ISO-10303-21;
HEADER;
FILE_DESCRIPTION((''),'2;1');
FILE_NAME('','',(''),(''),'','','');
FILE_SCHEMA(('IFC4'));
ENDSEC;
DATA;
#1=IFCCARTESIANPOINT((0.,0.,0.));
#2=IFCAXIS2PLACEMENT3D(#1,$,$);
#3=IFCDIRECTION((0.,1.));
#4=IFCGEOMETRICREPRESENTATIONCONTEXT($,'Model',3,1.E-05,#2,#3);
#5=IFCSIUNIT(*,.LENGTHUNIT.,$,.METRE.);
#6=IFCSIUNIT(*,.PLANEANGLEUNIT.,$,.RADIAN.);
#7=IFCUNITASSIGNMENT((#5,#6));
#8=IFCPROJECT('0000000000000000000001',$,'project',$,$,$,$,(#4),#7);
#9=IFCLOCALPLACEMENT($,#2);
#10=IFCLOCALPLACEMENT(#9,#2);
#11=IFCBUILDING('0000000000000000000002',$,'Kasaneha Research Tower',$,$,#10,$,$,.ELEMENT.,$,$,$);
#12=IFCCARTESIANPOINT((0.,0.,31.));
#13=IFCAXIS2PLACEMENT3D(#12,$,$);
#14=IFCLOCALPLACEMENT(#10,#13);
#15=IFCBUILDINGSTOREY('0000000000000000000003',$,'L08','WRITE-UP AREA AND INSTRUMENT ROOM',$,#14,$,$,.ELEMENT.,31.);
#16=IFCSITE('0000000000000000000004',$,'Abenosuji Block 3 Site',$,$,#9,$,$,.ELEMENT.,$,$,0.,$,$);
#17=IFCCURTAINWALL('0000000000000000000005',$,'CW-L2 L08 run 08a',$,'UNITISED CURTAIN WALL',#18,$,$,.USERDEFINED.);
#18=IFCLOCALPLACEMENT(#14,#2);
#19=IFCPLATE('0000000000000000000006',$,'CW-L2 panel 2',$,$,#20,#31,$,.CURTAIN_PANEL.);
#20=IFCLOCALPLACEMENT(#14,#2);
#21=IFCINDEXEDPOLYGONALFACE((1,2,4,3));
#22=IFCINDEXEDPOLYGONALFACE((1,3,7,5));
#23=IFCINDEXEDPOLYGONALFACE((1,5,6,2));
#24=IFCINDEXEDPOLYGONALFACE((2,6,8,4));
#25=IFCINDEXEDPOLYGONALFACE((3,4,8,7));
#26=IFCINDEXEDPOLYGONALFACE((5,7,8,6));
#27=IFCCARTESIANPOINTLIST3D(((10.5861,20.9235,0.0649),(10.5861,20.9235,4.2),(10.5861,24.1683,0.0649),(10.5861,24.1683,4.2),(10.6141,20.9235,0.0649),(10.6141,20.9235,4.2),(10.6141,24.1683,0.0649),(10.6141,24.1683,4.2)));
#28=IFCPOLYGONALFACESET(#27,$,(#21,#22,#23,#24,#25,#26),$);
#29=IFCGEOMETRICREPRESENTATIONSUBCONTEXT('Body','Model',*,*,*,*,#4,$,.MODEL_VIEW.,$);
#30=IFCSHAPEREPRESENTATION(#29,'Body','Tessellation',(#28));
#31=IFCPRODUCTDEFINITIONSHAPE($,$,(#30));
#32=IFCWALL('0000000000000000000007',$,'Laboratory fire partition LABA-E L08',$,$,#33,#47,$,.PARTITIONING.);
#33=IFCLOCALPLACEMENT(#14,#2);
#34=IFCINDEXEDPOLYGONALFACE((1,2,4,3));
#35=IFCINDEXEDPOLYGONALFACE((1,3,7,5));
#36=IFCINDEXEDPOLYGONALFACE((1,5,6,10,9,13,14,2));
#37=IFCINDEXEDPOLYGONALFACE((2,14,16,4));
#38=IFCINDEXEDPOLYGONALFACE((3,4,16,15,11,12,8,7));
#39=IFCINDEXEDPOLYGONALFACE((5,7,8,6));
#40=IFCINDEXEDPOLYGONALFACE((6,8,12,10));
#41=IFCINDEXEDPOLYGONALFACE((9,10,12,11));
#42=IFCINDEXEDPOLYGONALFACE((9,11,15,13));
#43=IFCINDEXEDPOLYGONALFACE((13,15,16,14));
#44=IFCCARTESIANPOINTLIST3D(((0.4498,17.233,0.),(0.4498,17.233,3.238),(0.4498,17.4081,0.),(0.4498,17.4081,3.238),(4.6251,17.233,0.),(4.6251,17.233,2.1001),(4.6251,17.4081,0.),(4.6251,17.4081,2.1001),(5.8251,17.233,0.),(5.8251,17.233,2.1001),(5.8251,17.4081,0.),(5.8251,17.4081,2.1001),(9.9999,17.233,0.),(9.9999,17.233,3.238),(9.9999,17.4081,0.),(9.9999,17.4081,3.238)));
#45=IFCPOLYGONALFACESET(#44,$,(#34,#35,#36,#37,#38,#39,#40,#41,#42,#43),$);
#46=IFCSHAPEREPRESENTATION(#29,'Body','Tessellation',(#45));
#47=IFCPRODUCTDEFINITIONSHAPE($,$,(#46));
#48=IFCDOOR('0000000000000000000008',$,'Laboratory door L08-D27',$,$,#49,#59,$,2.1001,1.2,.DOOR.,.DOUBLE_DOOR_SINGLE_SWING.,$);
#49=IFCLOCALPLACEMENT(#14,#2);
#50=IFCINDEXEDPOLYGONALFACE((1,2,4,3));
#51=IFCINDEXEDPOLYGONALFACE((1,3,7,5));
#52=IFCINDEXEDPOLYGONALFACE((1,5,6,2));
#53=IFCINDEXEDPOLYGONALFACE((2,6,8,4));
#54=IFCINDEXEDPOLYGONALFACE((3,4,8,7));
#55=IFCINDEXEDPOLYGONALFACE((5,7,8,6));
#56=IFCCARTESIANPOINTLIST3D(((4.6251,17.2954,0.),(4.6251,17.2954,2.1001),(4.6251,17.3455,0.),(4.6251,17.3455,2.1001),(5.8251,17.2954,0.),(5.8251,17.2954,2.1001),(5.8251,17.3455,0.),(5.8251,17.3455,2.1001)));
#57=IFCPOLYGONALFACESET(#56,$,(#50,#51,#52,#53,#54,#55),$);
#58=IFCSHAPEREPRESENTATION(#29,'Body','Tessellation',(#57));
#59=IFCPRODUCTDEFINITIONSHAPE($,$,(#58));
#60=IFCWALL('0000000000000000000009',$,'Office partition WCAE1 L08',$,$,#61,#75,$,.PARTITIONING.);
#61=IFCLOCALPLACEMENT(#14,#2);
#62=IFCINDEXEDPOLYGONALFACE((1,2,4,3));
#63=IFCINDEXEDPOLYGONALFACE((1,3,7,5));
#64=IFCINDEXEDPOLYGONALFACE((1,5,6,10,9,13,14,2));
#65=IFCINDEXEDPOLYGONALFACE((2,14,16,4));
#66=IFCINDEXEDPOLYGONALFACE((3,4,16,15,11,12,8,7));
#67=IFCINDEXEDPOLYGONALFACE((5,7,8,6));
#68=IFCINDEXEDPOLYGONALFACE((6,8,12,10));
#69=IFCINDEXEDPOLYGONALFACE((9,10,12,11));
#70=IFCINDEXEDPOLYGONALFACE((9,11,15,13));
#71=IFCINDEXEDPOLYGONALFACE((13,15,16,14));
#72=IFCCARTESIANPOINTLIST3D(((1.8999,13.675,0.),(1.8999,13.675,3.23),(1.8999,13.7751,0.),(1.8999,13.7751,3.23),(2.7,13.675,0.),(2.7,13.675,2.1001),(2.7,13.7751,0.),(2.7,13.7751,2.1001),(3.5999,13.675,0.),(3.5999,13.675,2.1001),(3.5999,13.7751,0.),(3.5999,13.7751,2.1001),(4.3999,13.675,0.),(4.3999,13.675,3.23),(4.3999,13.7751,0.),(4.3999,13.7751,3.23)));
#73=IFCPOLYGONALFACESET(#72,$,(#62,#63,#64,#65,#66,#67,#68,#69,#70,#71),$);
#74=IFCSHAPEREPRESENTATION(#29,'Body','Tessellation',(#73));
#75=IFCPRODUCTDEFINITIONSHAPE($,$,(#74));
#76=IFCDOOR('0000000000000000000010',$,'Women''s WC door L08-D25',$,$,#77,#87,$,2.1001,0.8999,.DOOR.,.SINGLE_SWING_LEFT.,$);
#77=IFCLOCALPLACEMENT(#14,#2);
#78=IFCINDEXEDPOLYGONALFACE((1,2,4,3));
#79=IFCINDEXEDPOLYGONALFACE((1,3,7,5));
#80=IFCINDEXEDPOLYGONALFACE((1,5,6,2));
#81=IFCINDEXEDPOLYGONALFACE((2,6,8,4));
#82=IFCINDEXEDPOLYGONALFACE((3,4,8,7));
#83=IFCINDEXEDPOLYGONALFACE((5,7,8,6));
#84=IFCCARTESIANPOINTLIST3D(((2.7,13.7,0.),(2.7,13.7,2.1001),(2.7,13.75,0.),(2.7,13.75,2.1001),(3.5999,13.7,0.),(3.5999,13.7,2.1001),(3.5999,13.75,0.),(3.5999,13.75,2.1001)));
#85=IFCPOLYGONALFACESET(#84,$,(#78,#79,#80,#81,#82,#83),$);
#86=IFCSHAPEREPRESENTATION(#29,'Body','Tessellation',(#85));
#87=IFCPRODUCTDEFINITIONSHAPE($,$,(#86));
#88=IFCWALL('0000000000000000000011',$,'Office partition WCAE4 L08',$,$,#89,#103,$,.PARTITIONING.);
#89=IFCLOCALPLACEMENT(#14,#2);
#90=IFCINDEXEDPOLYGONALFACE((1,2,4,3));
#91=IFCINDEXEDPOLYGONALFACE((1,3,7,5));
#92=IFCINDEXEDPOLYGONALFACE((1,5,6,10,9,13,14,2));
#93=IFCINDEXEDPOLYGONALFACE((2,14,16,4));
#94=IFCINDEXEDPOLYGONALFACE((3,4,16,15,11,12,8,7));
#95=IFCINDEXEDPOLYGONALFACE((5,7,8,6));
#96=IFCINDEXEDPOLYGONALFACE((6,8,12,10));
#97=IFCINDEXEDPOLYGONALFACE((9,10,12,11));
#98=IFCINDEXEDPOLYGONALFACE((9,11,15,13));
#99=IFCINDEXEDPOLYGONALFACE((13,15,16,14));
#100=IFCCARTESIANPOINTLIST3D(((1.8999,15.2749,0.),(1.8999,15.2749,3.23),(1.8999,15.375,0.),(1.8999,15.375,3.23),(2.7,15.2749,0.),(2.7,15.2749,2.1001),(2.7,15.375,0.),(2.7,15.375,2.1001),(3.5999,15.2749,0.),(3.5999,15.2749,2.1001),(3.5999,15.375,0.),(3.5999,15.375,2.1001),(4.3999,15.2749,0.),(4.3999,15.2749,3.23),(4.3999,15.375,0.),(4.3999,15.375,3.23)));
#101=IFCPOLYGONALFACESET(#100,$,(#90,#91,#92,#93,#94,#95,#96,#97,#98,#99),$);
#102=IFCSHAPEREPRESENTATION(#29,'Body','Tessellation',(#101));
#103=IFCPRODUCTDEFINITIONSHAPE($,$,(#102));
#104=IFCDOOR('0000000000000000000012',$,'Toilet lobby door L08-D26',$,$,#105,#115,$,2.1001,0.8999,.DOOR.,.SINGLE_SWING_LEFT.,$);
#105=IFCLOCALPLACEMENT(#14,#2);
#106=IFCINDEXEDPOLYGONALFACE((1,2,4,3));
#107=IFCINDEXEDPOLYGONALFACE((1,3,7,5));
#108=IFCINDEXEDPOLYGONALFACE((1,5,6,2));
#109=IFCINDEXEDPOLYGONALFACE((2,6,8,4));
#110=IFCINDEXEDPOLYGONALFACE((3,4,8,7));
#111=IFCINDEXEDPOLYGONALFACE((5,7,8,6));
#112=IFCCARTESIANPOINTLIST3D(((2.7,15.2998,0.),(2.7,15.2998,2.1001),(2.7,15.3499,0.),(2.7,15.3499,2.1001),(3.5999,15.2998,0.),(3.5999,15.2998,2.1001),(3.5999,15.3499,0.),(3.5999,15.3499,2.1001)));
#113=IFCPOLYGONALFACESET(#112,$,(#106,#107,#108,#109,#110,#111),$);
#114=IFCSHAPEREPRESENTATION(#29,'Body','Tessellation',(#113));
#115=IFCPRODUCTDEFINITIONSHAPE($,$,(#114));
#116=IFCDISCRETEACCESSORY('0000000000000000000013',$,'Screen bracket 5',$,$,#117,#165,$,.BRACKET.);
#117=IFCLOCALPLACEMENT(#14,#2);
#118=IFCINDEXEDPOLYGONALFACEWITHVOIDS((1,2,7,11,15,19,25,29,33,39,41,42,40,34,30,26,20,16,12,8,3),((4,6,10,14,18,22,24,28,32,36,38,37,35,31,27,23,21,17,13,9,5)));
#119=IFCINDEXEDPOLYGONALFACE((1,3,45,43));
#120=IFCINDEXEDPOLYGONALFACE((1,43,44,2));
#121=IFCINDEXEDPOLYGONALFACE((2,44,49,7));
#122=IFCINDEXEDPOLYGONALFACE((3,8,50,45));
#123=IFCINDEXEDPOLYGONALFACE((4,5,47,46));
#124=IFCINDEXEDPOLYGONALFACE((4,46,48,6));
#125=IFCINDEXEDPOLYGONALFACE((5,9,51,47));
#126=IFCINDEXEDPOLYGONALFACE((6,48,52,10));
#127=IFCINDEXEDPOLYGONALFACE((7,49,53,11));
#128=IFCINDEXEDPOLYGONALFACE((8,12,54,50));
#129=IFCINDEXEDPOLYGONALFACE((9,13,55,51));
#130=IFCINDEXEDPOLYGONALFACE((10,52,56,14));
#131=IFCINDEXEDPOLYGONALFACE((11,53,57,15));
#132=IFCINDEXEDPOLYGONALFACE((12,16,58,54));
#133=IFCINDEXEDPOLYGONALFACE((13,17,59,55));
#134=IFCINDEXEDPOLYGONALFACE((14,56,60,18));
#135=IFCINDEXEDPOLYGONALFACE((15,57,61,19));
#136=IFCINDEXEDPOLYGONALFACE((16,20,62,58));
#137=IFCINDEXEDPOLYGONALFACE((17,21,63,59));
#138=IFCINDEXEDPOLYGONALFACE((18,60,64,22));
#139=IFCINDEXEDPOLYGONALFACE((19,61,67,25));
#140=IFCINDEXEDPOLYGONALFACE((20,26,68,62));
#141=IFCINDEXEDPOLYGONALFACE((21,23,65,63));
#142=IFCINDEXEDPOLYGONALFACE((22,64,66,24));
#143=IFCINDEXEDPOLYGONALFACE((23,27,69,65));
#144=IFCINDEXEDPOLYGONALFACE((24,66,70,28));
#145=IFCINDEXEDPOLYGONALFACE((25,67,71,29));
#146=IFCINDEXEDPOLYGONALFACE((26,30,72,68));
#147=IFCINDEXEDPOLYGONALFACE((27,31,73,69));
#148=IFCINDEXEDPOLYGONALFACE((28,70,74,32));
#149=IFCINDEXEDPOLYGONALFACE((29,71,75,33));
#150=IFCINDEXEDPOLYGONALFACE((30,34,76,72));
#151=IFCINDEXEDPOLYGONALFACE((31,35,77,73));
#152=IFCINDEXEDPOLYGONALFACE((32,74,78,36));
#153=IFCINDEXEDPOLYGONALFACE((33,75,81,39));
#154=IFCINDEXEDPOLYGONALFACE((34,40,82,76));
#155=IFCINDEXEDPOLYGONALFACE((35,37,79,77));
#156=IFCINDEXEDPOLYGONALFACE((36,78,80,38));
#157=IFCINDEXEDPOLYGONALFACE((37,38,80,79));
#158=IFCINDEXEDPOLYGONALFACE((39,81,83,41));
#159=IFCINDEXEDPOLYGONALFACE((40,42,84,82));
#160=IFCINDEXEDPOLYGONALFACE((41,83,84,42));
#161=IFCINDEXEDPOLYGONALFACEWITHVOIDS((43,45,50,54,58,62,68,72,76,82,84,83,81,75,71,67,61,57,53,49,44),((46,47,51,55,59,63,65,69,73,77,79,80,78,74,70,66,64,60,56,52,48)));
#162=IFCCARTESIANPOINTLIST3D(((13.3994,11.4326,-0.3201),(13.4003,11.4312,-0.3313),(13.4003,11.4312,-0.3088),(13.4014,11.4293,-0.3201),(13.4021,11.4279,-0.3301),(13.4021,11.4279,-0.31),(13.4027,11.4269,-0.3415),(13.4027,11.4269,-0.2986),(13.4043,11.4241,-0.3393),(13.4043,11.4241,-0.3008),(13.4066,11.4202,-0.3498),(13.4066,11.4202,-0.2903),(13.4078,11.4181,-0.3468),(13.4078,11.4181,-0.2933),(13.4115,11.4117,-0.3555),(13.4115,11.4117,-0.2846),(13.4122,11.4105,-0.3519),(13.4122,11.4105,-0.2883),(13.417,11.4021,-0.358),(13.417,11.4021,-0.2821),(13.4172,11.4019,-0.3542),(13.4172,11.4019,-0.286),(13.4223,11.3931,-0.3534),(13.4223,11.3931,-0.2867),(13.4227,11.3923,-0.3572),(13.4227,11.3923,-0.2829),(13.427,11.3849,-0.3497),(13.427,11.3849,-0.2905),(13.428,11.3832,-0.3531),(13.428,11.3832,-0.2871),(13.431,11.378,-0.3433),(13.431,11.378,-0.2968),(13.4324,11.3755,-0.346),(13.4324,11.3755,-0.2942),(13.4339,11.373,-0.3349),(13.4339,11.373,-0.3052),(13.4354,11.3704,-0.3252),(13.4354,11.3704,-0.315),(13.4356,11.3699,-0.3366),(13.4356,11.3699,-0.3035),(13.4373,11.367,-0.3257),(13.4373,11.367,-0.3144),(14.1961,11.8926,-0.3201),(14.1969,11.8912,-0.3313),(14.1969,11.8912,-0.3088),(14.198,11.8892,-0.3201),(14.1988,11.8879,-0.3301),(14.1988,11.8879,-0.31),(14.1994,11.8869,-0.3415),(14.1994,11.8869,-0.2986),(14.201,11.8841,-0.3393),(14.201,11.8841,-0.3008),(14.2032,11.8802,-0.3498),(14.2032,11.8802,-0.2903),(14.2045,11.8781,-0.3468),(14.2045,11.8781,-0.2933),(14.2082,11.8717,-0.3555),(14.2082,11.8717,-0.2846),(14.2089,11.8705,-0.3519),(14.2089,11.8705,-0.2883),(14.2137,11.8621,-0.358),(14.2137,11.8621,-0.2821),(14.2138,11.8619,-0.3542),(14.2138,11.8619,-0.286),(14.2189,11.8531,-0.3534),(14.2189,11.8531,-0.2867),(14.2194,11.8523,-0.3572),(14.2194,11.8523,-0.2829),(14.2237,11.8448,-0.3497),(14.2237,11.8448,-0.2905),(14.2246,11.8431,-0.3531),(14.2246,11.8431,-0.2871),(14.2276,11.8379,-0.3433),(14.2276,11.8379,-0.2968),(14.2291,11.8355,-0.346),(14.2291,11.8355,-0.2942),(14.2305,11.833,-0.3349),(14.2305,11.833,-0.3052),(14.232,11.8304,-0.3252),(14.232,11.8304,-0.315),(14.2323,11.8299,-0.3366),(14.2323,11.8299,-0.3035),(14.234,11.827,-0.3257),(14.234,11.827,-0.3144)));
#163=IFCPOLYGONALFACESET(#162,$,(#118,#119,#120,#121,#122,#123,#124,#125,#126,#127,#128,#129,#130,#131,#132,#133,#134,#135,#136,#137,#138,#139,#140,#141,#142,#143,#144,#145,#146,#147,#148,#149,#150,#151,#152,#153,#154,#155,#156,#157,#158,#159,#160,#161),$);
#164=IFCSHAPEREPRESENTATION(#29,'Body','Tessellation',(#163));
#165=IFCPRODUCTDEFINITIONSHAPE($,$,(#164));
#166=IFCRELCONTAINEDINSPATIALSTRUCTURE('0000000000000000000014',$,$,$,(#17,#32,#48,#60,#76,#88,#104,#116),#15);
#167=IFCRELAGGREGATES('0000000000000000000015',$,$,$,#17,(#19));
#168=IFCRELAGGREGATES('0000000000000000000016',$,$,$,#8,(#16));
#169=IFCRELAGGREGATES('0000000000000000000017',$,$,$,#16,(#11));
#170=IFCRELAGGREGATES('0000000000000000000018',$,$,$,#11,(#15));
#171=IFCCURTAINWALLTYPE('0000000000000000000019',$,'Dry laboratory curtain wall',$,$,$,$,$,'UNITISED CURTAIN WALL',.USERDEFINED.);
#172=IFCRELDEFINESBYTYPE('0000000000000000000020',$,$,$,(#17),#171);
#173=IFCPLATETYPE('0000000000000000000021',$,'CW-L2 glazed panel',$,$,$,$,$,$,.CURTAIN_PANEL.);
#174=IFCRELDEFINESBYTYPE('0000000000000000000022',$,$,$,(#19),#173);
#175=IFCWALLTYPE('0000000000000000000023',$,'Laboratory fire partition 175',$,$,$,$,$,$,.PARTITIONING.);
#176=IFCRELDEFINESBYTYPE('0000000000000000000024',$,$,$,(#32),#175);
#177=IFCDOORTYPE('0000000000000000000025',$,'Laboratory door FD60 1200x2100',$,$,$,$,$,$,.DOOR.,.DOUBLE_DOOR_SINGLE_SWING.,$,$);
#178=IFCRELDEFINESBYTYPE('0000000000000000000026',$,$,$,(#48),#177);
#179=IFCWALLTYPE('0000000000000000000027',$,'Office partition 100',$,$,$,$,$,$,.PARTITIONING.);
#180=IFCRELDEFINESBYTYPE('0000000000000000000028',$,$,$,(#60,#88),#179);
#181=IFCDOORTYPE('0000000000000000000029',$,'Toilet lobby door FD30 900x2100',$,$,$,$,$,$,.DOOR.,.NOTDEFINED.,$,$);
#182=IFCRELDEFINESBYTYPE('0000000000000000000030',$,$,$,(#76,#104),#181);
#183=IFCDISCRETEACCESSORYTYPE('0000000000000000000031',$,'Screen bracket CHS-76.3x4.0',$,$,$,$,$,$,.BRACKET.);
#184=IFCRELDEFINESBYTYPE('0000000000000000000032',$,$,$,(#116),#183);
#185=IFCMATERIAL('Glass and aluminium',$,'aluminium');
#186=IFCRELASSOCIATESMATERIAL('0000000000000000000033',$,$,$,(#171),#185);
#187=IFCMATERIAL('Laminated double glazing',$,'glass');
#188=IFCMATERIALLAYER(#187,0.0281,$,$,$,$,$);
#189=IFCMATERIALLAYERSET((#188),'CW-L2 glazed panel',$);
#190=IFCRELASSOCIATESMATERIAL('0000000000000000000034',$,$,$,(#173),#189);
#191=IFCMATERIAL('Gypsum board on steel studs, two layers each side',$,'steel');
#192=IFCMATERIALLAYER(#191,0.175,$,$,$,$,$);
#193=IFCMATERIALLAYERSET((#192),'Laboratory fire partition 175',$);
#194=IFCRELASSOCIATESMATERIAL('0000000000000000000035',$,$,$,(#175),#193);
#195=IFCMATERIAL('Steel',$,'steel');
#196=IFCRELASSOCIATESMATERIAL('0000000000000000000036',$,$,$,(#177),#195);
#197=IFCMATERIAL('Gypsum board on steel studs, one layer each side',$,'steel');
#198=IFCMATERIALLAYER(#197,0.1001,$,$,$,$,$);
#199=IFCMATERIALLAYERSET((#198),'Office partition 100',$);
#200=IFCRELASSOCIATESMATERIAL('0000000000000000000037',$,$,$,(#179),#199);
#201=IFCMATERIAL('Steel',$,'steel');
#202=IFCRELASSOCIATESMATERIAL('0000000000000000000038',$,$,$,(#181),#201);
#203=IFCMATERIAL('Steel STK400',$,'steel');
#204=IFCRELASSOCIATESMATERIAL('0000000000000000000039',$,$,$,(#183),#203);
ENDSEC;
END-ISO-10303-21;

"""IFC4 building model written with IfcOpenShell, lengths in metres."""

from ifc_helpers import new_model, si_unit, direction, frame, frame_2d, origin, origin_2d, place, context, subcontext, project, spatial, rectangle, hollow_circle, extrude, material, layer, layer_set, material_profile, profile_set, type_object, element, fill, aggregate, save


model = new_model("IFC4")

# Units and contexts
model_context = context("Model", 3, precision=1e-05, world=origin(), true_north=direction((0.0, 1.0)))
body_context = subcontext(model_context, "Body", "Model", "MODEL_VIEW")
ifc_project = project(units=[si_unit("LENGTHUNIT", "METRE"), si_unit("PLANEANGLEUNIT", "RADIAN")], contexts=[model_context])

# Site, building, storey
site_placement = place(None, origin())
site = spatial("IfcSite", under=ifc_project, at=site_placement, Name="Abenosuji Block 3 Site", CompositionType="ELEMENT", RefElevation=0.0)
building_placement = place(site_placement, origin())
building = spatial("IfcBuilding", under=site, at=building_placement, Name="Kasaneha Research Tower", CompositionType="ELEMENT")
storey_placement = place(building_placement, frame((0.0, 0.0, 31.0)))
storey = spatial("IfcBuildingStorey", under=building, at=storey_placement, Name="L08", Description="WRITE-UP AREA AND INSTRUMENT ROOM", CompositionType="ELEMENT", Elevation=31.0)

# Curtain wall
ifc_material_1 = material(Name="Glass and aluminium", Category="aluminium")
curtain_wall_type = type_object("IfcCurtainWallType", Name="Dry laboratory curtain wall", ElementType="UNITISED CURTAIN WALL", PredefinedType="USERDEFINED", material=ifc_material_1)
curtain_wall_1_placement = place(storey_placement, origin())
curtain_wall_1 = element("IfcCurtainWall", 1, at=curtain_wall_1_placement, inside=storey, type_object=curtain_wall_type, Name="CW-L2 L08 run 08a", ObjectType="UNITISED CURTAIN WALL", PredefinedType="USERDEFINED")

# Plate
ifc_material_2 = material(Name="Laminated double glazing", Category="glass")
ifc_layer_1 = layer(ifc_material_2, 0.0281)
ifc_layer_set_1 = layer_set([ifc_layer_1], Name="CW-L2 glazed panel")
plate_type = type_object("IfcPlateType", Name="CW-L2 glazed panel", PredefinedType="CURTAIN_PANEL", material=ifc_layer_set_1)
plate_1_placement = place(storey_placement, frame((10.6001, 22.5459, 0.0649), z_axis=(0.0, 0.0, 1.0), x_axis=(0.0, 1.0, 0.0)))
plate_1 = element("IfcPlate", 2, at=plate_1_placement, type_object=plate_type, Name="CW-L2 panel 2", PredefinedType="CURTAIN_PANEL", context=body_context, shape_type="SweptSolid", body=[
    extrude(rectangle(XDim=3.2449, YDim=0.0281, at=origin_2d()), origin(), (0.0, 0.0, 1.0), 4.135),
])
aggregate(curtain_wall_1, [plate_1])

# Walls, openings, doors
ifc_material_3 = material(Name="Gypsum board on steel studs, two layers each side", Category="steel")
ifc_layer_2 = layer(ifc_material_3, 0.175)
ifc_layer_set_2 = layer_set([ifc_layer_2], Name="Laboratory fire partition 175")
wall_type_1 = type_object("IfcWallType", Name="Laboratory fire partition 175", PredefinedType="PARTITIONING", material=ifc_layer_set_2)
wall_1_placement = place(storey_placement, frame((0.45, 17.3206, 0.0), z_axis=(0.0, 0.0, 1.0), x_axis=(1.0, 0.0, 0.0)))
wall_1 = element("IfcWall", 3, at=wall_1_placement, inside=storey, type_object=wall_type_1, Name="Laboratory fire partition LABA-E L08", PredefinedType="PARTITIONING", context=body_context, shape_type="SweptSolid", body=[
    extrude(rectangle(XDim=9.55, YDim=0.175, at=frame_2d((4.7749, 0.0))), origin(), (0.0, 0.0, 1.0), 3.238),
])
opening_1_placement = place(wall_1_placement, frame((4.175, 0.0, 0.0)))
opening_1 = element("IfcOpeningElement", 4, at=opening_1_placement, cuts=wall_1, PredefinedType="OPENING", context=body_context, shape_type="SweptSolid", body=[
    extrude(rectangle(XDim=1.2, YDim=2.1001, at=frame_2d((0.6001, 1.05))), frame((0.0, 0.0977, 0.0), z_axis=(0.0, -1.0, 0.0), x_axis=(1.0, 0.0, 0.0)), (0.0, 0.0, 1.0), 0.1951),
])
ifc_material_4 = material(Name="Steel", Category="steel")
door_type_1 = type_object("IfcDoorType", Name="Laboratory door FD60 1200x2100", OperationType="DOUBLE_DOOR_SINGLE_SWING", PredefinedType="DOOR", material=ifc_material_4)
door_1_placement = place(opening_1_placement, origin())
door_1 = element("IfcDoor", 5, at=door_1_placement, inside=storey, type_object=door_type_1, Name="Laboratory door L08-D27", OperationType="DOUBLE_DOOR_SINGLE_SWING", OverallHeight=2.1001, OverallWidth=1.2, PredefinedType="DOOR", context=body_context, shape_type="SweptSolid", body=[
    extrude(rectangle(XDim=1.2, YDim=2.1001, at=frame_2d((0.6001, 1.05))), frame((0.0, 0.0249, 0.0), z_axis=(0.0, -1.0, 0.0), x_axis=(1.0, 0.0, 0.0)), (0.0, 0.0, 1.0), 0.05),
])
fill(opening_1, door_1)
ifc_material_5 = material(Name="Gypsum board on steel studs, one layer each side", Category="steel")
ifc_layer_3 = layer(ifc_material_5, 0.1001)
ifc_layer_set_3 = layer_set([ifc_layer_3], Name="Office partition 100")
wall_type_2 = type_object("IfcWallType", Name="Office partition 100", PredefinedType="PARTITIONING", material=ifc_layer_set_3)
wall_2_placement = place(storey_placement, frame((1.8999, 13.7251, 0.0), z_axis=(0.0, 0.0, 1.0), x_axis=(1.0, 0.0, 0.0)))
wall_2 = element("IfcWall", 6, at=wall_2_placement, inside=storey, type_object=wall_type_2, Name="Office partition WCAE1 L08", PredefinedType="PARTITIONING", context=body_context, shape_type="SweptSolid", body=[
    extrude(rectangle(XDim=2.5, YDim=0.1001, at=frame_2d((1.25, 0.0))), origin(), (0.0, 0.0, 1.0), 3.23),
])
opening_2_placement = place(wall_2_placement, frame((0.8, 0.0, 0.0)))
opening_2 = element("IfcOpeningElement", 7, at=opening_2_placement, cuts=wall_2, PredefinedType="OPENING", context=body_context, shape_type="SweptSolid", body=[
    extrude(rectangle(XDim=0.8999, YDim=2.1001, at=frame_2d((0.45, 1.05))), frame((0.0, 0.0601, 0.0), z_axis=(0.0, -1.0, 0.0), x_axis=(1.0, 0.0, 0.0)), (0.0, 0.0, 1.0), 0.1201),
])
ifc_material_6 = material(Name="Steel", Category="steel")
door_type_2 = type_object("IfcDoorType", Name="Toilet lobby door FD30 900x2100", OperationType="NOTDEFINED", PredefinedType="DOOR", material=ifc_material_6)
door_2_placement = place(opening_2_placement, origin())
door_2 = element("IfcDoor", 8, at=door_2_placement, inside=storey, type_object=door_type_2, Name="Women's WC door L08-D25", OperationType="SINGLE_SWING_LEFT", OverallHeight=2.1001, OverallWidth=0.8999, PredefinedType="DOOR", context=body_context, shape_type="SweptSolid", body=[
    extrude(rectangle(XDim=0.8999, YDim=2.1001, at=frame_2d((0.45, 1.05))), frame((0.0, 0.0249, 0.0), z_axis=(0.0, -1.0, 0.0), x_axis=(1.0, 0.0, 0.0)), (0.0, 0.0, 1.0), 0.05),
])
fill(opening_2, door_2)
wall_3_placement = place(storey_placement, frame((1.8999, 15.325, 0.0), z_axis=(0.0, 0.0, 1.0), x_axis=(1.0, 0.0, 0.0)))
wall_3 = element("IfcWall", 9, at=wall_3_placement, inside=storey, type_object=wall_type_2, Name="Office partition WCAE4 L08", PredefinedType="PARTITIONING", context=body_context, shape_type="SweptSolid", body=[
    extrude(rectangle(XDim=2.5, YDim=0.1001, at=frame_2d((1.25, 0.0))), origin(), (0.0, 0.0, 1.0), 3.23),
])
opening_3_placement = place(wall_3_placement, frame((0.8, 0.0, 0.0)))
opening_3 = element("IfcOpeningElement", 10, at=opening_3_placement, cuts=wall_3, PredefinedType="OPENING", context=body_context, shape_type="SweptSolid", body=[
    extrude(rectangle(XDim=0.8999, YDim=2.1001, at=frame_2d((0.45, 1.05))), frame((0.0, 0.0601, 0.0), z_axis=(0.0, -1.0, 0.0), x_axis=(1.0, 0.0, 0.0)), (0.0, 0.0, 1.0), 0.1201),
])
door_3_placement = place(opening_3_placement, origin())
door_3 = element("IfcDoor", 11, at=door_3_placement, inside=storey, type_object=door_type_2, Name="Toilet lobby door L08-D26", OperationType="SINGLE_SWING_LEFT", OverallHeight=2.1001, OverallWidth=0.8999, PredefinedType="DOOR", context=body_context, shape_type="SweptSolid", body=[
    extrude(rectangle(XDim=0.8999, YDim=2.1001, at=frame_2d((0.45, 1.05))), frame((0.0, 0.0249, 0.0), z_axis=(0.0, -1.0, 0.0), x_axis=(1.0, 0.0, 0.0)), (0.0, 0.0, 1.0), 0.05),
])
fill(opening_3, door_3)

# Discrete accessory
ifc_material_7 = material(Name="Steel STK400", Category="steel")
ifc_material_profile_1 = material_profile(ifc_material_7, hollow_circle(Radius=0.0381, WallThickness=0.0039, at=origin_2d()), Name="CHS-76.3x4.0")
ifc_profile_set_1 = profile_set([ifc_material_profile_1], Name="Steel STK400")
discrete_accessory_type = type_object("IfcDiscreteAccessoryType", Name="Screen bracket CHS-76.3x4.0", PredefinedType="BRACKET", material=ifc_profile_set_1)
for number, where, z_axis, x_axis, name in (
    (12, (13.4185, 11.3997, -0.3201), (0.866013, 0.500021, 0.0), (-0.500021, 0.866013, 0.0), "Screen bracket 5"),
):
    element("IfcDiscreteAccessory", number, at=place(storey_placement, frame(where, z_axis=z_axis, x_axis=x_axis)), inside=storey, type_object=discrete_accessory_type, Name=name, PredefinedType="BRACKET", context=body_context, shape_type="SweptSolid", body=[
        extrude(hollow_circle(Radius=0.0381, WallThickness=0.0039, at=origin_2d()), origin(), (0.0, 0.0, 1.0), 0.9199),
    ])

save(model, "model.ifc")
